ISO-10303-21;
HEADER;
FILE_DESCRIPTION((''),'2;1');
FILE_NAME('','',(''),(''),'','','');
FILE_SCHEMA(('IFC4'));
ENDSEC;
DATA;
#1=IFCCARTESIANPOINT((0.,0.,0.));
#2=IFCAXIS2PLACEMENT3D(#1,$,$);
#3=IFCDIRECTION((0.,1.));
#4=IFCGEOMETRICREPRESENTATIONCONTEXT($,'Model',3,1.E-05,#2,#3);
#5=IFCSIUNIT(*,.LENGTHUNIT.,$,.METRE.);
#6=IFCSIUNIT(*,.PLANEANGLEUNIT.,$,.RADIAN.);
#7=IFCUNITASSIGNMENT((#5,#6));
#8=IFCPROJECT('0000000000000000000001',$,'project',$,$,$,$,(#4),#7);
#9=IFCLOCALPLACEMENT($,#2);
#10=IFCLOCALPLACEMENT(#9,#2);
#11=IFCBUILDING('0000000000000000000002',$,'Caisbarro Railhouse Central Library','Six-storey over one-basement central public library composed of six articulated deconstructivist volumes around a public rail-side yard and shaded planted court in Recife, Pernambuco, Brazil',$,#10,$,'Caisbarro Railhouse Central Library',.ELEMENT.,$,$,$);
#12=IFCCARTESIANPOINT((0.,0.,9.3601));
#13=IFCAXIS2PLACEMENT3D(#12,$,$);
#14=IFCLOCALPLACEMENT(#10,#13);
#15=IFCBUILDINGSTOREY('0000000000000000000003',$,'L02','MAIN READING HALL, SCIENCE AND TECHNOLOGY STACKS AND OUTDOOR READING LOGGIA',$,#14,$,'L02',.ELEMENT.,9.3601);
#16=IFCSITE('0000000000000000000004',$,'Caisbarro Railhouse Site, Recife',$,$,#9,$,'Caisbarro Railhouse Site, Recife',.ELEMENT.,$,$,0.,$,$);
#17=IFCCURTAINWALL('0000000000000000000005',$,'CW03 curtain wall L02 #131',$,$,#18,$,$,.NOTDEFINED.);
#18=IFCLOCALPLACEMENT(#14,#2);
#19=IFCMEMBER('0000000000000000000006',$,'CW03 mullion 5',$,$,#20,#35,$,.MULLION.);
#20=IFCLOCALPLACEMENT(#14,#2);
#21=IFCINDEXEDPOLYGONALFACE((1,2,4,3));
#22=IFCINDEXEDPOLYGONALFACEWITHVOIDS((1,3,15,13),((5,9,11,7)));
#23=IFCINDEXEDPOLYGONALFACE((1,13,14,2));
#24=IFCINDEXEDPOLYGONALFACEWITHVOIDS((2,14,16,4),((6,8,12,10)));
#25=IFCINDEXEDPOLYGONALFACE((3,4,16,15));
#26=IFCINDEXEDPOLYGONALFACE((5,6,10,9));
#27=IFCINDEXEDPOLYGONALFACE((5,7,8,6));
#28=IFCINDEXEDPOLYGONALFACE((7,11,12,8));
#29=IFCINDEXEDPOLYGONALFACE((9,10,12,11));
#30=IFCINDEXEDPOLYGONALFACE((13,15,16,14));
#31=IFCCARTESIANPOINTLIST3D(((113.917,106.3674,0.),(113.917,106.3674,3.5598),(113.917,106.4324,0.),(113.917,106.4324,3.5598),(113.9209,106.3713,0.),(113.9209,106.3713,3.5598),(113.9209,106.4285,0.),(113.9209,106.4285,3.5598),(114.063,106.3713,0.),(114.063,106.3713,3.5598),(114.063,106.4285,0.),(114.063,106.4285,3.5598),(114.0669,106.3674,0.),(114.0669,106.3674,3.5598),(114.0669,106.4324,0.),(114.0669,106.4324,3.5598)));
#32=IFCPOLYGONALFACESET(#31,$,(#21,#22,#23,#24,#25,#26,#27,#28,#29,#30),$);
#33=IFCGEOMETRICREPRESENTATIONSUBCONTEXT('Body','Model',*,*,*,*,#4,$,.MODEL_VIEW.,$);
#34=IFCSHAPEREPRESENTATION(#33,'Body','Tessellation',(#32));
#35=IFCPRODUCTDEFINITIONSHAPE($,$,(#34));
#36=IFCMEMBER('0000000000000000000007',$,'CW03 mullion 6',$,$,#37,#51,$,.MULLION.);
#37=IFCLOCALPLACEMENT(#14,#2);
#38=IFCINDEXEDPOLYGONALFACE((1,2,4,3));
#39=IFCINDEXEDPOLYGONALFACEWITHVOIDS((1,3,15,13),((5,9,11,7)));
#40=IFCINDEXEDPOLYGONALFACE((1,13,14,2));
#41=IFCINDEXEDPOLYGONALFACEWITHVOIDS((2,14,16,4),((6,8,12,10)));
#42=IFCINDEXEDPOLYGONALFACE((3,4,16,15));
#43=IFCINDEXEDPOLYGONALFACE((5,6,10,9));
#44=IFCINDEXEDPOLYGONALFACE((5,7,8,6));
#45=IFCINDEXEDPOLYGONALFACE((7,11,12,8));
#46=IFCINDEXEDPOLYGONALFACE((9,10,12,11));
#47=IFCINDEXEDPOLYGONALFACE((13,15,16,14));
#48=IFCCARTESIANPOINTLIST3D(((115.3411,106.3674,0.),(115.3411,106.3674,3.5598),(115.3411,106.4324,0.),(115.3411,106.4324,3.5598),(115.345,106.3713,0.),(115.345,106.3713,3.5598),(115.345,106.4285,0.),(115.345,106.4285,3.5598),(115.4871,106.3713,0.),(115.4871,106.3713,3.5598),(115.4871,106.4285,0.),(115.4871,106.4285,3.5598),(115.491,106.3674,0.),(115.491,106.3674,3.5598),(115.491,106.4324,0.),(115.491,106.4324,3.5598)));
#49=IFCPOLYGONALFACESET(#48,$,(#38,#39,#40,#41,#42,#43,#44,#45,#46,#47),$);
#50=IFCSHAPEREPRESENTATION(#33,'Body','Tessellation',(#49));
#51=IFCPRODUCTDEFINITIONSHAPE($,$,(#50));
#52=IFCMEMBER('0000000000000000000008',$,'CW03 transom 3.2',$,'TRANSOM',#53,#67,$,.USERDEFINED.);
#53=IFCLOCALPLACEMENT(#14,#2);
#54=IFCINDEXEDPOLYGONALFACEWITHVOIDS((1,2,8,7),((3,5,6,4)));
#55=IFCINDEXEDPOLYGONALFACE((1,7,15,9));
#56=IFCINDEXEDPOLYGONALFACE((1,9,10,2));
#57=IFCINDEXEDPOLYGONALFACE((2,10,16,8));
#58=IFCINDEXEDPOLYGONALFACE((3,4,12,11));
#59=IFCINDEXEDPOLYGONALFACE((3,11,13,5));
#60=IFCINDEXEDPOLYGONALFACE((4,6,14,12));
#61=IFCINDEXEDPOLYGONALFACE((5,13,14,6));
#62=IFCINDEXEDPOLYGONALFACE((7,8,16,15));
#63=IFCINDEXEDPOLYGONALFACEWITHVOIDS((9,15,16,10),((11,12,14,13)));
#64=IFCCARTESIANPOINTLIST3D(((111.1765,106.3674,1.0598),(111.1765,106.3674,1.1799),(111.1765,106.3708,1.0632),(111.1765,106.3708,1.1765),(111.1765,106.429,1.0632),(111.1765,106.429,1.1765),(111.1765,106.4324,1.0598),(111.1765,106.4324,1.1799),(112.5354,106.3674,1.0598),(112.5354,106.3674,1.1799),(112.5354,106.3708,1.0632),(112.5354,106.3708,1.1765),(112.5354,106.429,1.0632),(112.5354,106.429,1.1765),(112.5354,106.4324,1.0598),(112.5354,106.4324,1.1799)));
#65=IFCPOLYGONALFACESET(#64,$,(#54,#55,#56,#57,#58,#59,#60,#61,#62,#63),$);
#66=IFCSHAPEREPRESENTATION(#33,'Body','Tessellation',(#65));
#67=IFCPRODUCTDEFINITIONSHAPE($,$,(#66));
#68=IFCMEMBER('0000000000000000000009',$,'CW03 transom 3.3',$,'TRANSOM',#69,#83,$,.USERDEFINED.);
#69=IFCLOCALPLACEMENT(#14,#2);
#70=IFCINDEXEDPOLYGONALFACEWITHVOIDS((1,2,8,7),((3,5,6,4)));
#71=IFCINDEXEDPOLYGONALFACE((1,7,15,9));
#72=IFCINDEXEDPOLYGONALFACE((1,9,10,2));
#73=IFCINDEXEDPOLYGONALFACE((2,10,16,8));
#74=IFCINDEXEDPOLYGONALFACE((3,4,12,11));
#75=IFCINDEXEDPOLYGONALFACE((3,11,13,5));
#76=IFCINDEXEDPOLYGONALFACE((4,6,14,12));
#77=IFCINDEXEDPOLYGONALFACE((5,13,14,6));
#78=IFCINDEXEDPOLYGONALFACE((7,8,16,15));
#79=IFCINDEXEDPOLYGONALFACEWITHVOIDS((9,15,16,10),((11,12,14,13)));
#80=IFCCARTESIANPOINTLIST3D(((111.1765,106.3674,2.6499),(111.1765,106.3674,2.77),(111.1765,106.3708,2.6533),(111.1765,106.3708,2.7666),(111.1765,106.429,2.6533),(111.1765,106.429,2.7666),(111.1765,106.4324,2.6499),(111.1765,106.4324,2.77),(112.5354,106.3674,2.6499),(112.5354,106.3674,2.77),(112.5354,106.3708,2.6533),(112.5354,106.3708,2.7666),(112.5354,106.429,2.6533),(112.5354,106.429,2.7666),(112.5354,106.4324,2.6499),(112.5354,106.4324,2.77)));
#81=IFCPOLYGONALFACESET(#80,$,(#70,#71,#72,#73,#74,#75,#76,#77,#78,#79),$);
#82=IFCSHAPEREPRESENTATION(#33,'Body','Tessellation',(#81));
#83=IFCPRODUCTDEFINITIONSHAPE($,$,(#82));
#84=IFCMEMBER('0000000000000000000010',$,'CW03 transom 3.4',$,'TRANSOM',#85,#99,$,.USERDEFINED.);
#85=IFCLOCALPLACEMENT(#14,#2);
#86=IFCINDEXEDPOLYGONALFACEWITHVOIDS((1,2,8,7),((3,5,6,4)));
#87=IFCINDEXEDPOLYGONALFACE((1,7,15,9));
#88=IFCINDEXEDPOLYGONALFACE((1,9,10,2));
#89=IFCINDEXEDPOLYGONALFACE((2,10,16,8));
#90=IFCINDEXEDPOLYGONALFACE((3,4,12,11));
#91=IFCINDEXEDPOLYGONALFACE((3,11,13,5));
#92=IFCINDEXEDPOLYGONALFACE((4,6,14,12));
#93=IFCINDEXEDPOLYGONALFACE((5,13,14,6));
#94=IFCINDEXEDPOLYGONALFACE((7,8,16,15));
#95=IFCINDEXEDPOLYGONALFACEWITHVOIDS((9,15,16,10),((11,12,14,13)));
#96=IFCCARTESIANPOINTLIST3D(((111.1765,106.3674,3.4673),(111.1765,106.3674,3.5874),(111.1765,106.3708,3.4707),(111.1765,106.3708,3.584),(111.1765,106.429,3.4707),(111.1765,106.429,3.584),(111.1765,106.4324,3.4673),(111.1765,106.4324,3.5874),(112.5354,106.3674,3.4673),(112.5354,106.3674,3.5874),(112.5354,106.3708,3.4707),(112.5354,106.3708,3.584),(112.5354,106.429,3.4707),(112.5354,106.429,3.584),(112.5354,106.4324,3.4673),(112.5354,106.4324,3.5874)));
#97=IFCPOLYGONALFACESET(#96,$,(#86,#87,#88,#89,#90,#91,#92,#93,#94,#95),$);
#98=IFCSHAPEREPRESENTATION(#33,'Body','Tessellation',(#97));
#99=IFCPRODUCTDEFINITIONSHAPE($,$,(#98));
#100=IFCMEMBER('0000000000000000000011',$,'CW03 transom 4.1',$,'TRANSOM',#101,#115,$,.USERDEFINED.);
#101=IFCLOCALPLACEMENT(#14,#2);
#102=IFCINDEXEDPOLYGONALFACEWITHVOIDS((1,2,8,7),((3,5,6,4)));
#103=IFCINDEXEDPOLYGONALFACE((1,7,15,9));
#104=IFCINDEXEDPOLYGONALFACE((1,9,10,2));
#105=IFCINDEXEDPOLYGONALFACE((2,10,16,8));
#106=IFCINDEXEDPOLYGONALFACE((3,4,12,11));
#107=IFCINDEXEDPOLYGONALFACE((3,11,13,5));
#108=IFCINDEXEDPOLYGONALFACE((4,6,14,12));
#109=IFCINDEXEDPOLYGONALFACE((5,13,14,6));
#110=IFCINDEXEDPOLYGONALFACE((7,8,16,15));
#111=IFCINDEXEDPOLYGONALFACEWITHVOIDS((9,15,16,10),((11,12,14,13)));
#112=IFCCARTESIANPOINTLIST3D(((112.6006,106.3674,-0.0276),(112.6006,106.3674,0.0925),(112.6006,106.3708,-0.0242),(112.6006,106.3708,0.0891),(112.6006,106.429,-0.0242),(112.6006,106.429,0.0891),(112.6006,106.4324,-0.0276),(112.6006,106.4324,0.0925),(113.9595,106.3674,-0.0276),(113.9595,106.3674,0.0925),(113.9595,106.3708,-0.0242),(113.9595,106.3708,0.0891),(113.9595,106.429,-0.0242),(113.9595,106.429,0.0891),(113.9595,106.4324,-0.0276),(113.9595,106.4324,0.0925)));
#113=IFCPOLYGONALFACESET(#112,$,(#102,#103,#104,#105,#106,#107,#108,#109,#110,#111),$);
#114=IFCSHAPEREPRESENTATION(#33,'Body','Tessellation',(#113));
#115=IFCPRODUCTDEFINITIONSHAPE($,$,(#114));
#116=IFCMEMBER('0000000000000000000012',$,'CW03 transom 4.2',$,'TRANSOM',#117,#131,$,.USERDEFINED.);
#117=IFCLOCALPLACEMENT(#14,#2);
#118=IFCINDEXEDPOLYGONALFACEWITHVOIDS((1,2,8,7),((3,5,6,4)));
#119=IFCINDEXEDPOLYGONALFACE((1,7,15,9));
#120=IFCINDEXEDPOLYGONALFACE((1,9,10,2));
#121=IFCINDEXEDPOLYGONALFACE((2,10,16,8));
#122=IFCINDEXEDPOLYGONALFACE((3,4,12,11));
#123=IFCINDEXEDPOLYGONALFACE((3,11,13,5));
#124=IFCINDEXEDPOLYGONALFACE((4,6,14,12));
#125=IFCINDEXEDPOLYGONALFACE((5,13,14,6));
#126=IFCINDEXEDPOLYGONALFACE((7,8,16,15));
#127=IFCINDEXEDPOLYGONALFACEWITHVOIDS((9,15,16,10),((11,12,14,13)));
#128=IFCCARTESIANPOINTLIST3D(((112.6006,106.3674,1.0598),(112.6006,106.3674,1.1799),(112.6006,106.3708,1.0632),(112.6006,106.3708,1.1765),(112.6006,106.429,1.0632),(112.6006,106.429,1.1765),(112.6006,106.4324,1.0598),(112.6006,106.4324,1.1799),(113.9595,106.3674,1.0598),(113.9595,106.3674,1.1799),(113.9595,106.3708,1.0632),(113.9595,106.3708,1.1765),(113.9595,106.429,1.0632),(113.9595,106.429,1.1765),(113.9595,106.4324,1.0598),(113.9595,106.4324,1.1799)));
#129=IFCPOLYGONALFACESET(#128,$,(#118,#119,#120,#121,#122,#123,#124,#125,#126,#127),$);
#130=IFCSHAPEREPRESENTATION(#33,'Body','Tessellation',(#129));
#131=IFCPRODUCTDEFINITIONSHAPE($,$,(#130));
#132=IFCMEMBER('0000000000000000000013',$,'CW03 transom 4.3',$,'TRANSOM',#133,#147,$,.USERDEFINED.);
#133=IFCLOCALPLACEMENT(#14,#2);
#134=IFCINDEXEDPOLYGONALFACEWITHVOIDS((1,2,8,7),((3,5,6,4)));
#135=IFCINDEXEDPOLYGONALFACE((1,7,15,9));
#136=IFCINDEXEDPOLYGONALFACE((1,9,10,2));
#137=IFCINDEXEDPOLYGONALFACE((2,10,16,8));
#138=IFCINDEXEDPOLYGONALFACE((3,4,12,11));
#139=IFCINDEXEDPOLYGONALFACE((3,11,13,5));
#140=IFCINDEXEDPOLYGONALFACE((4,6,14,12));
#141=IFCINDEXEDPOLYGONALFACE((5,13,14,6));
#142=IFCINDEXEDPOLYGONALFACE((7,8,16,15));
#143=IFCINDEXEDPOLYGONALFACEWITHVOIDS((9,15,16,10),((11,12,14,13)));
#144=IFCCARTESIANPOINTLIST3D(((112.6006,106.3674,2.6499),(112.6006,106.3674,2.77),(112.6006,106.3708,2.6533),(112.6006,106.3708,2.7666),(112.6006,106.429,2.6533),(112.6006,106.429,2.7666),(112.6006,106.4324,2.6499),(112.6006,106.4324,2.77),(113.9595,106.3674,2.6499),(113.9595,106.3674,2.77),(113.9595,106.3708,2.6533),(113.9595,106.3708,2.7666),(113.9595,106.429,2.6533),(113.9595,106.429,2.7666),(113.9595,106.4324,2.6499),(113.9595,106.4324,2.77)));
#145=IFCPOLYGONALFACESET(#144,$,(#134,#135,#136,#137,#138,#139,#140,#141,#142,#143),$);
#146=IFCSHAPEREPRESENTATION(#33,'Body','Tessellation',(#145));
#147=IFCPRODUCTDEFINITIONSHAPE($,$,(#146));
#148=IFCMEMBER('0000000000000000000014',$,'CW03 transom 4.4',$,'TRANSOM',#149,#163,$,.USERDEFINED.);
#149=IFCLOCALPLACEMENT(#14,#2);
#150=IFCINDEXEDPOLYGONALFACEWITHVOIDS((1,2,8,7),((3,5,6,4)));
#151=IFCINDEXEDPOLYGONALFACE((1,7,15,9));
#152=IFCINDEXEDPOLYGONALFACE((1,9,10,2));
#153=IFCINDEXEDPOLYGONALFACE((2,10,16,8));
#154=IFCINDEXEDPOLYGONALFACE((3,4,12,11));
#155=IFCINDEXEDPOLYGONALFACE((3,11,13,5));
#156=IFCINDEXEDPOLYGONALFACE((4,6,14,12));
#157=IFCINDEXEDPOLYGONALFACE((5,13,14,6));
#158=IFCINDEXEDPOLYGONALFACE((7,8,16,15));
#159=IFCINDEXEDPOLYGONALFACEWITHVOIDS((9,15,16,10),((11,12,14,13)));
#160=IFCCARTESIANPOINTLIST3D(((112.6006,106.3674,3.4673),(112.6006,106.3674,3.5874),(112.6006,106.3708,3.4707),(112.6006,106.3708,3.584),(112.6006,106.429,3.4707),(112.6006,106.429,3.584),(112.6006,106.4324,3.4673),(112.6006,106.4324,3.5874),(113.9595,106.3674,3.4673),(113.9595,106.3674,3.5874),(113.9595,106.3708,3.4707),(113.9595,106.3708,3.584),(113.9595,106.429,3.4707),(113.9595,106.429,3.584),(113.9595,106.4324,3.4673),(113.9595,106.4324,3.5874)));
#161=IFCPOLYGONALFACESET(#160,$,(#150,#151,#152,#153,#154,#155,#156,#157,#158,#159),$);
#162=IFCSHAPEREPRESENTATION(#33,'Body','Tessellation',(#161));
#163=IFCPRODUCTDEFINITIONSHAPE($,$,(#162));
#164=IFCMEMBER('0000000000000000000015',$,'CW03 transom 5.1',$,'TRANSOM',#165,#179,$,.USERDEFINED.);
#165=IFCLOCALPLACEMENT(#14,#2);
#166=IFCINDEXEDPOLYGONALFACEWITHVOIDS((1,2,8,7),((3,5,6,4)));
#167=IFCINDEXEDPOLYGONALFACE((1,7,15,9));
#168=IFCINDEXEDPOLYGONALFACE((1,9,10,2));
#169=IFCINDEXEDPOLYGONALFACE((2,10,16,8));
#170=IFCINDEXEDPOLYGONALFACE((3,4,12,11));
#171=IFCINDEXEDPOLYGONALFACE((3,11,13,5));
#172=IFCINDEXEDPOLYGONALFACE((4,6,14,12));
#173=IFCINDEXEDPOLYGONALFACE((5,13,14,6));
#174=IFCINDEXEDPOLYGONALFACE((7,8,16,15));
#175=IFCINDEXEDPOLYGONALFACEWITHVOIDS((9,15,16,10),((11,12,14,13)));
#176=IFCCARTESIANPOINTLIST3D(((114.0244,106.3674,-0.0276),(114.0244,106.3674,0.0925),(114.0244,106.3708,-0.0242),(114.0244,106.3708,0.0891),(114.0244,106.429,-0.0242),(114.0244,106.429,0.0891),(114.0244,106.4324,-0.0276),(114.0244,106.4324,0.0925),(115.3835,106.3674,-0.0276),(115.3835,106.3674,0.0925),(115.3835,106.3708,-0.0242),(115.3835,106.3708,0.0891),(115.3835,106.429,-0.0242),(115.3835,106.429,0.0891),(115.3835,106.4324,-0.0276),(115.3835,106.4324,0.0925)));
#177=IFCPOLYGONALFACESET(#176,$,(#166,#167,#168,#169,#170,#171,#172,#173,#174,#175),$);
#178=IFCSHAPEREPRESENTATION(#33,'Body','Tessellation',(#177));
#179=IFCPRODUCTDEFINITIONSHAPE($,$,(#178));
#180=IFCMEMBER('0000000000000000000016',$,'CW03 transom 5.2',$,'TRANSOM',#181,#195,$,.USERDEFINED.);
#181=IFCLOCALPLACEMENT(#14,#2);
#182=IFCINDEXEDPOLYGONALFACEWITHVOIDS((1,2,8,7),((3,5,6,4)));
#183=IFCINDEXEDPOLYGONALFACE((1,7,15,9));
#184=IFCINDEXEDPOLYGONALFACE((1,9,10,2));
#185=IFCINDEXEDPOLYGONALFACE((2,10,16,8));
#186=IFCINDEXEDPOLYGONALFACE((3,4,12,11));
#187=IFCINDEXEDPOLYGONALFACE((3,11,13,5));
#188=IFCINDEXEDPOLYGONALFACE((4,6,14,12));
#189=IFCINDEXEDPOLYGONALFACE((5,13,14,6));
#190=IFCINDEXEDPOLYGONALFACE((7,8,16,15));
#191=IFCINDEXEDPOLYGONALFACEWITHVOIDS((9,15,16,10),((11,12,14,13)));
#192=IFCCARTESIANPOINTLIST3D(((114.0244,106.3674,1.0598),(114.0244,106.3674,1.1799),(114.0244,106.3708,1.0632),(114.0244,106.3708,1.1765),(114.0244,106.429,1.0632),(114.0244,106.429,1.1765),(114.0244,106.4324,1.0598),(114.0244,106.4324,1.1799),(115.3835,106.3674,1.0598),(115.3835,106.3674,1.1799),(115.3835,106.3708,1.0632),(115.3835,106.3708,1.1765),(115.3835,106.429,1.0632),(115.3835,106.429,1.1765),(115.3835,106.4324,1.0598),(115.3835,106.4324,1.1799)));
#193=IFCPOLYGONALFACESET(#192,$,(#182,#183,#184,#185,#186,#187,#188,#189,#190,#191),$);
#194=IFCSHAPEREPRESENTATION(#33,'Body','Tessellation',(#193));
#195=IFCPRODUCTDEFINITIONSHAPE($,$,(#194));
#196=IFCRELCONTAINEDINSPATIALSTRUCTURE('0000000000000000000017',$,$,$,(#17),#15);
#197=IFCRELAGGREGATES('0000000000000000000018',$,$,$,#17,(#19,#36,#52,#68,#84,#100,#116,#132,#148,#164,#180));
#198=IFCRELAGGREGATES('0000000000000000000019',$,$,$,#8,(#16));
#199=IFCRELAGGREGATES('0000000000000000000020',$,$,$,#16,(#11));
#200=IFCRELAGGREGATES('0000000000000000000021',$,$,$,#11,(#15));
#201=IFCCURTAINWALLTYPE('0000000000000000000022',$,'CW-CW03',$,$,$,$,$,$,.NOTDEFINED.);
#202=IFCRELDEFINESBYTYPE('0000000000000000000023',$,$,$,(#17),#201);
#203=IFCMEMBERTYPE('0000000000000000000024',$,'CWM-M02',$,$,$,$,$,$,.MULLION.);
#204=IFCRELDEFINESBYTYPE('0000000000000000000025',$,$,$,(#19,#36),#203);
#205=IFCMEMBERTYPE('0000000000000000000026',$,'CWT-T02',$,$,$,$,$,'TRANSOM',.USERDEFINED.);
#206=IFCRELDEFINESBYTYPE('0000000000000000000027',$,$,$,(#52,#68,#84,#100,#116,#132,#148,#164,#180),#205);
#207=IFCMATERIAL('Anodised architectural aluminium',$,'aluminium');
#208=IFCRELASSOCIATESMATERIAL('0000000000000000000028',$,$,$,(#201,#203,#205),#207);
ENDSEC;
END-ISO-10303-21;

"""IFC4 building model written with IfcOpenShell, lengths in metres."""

from ifc_helpers import new_model, si_unit, direction, frame, origin, origin_2d, place, context, subcontext, project, spatial, hollow_rectangle, extrude, material, material_profile, profile_set, type_object, element, aggregate, save


model = new_model("IFC4")

# Units and contexts
model_context = context("Model", 3, precision=1e-05, world=origin(), true_north=direction((0.0, 1.0)))
body_context = subcontext(model_context, "Body", "Model", "MODEL_VIEW")
ifc_project = project(units=[si_unit("LENGTHUNIT", "METRE"), si_unit("PLANEANGLEUNIT", "RADIAN")], contexts=[model_context])

# Site, building, storey
site_placement = place(None, origin())
site = spatial("IfcSite", under=ifc_project, at=site_placement, Name="Caisbarro Railhouse Site, Recife", LongName="Caisbarro Railhouse Site, Recife", CompositionType="ELEMENT", RefElevation=0.0)
building_placement = place(site_placement, origin())
building = spatial("IfcBuilding", under=site, at=building_placement, Name="Caisbarro Railhouse Central Library", Description="Six-storey over one-basement central public library composed of six articulated deconstructivist volumes around a public rail-side yard and shaded planted court in Recife, Pernambuco, Brazil", LongName="Caisbarro Railhouse Central Library", CompositionType="ELEMENT")
storey_placement = place(building_placement, frame((0.0, 0.0, 9.3601)))
storey = spatial("IfcBuildingStorey", under=building, at=storey_placement, Name="L02", Description="MAIN READING HALL, SCIENCE AND TECHNOLOGY STACKS AND OUTDOOR READING LOGGIA", LongName="L02", CompositionType="ELEMENT", Elevation=9.3601)

# Curtain wall, members
ifc_material_1 = material(Name="Anodised architectural aluminium", Category="aluminium")
curtain_wall_type = type_object("IfcCurtainWallType", Name="CW-CW03", PredefinedType="NOTDEFINED", material=ifc_material_1)
curtain_wall_placement = place(storey_placement, origin())
curtain_wall = element("IfcCurtainWall", 1, at=curtain_wall_placement, inside=storey, type_object=curtain_wall_type, Name="CW03 curtain wall L02 #131", PredefinedType="NOTDEFINED")
ifc_material_profile_1 = material_profile(ifc_material_1, hollow_rectangle(XDim=0.0649, YDim=0.1499, WallThickness=0.0039, at=origin_2d()), Name="ALU-MUL-65X150")
ifc_profile_set_1 = profile_set([ifc_material_profile_1], Name="Anodised architectural aluminium")
member_type_1 = type_object("IfcMemberType", Name="CWM-M02", PredefinedType="MULLION", material=ifc_profile_set_1)
member_1_placement = place(storey_placement, frame((113.9919, 106.3999, 0.0), z_axis=(0.0, 0.0, 1.0), x_axis=(0.0, 1.0, 0.0)))
member_1 = element("IfcMember", 2, at=member_1_placement, type_object=member_type_1, Name="CW03 mullion 5", PredefinedType="MULLION", context=body_context, shape_type="SweptSolid", body=[
    extrude(hollow_rectangle(XDim=0.0649, YDim=0.1499, WallThickness=0.0039, at=origin_2d()), origin(), (0.0, 0.0, 1.0), 3.5598),
])
member_2_placement = place(storey_placement, frame((115.416, 106.3999, 0.0), z_axis=(0.0, 0.0, 1.0), x_axis=(0.0, 1.0, 0.0)))
member_2 = element("IfcMember", 3, at=member_2_placement, type_object=member_type_1, Name="CW03 mullion 6", PredefinedType="MULLION", context=body_context, shape_type="SweptSolid", body=[
    extrude(hollow_rectangle(XDim=0.0649, YDim=0.1499, WallThickness=0.0039, at=origin_2d()), origin(), (0.0, 0.0, 1.0), 3.5598),
])
ifc_material_profile_2 = material_profile(ifc_material_1, hollow_rectangle(XDim=0.0649, YDim=0.1201, WallThickness=0.0034, at=origin_2d()), Name="ALU-TRN-65X120")
ifc_profile_set_2 = profile_set([ifc_material_profile_2], Name="Anodised architectural aluminium")
member_type_2 = type_object("IfcMemberType", Name="CWT-T02", ElementType="TRANSOM", PredefinedType="USERDEFINED", material=ifc_profile_set_2)
member_3_placement = place(storey_placement, frame((111.1765, 106.3999, 1.1199), z_axis=(1.0, 0.0, 0.0), x_axis=(0.0, 1.0, 0.0)))
member_3 = element("IfcMember", 4, at=member_3_placement, type_object=member_type_2, Name="CW03 transom 3.2", ObjectType="TRANSOM", PredefinedType="USERDEFINED", context=body_context, shape_type="SweptSolid", body=[
    extrude(hollow_rectangle(XDim=0.0649, YDim=0.1201, WallThickness=0.0034, at=origin_2d()), origin(), (0.0, 0.0, 1.0), 1.3589),
])
member_4_placement = place(storey_placement, frame((111.1765, 106.3999, 2.71), z_axis=(1.0, 0.0, 0.0), x_axis=(0.0, 1.0, 0.0)))
member_4 = element("IfcMember", 5, at=member_4_placement, type_object=member_type_2, Name="CW03 transom 3.3", ObjectType="TRANSOM", PredefinedType="USERDEFINED", context=body_context, shape_type="SweptSolid", body=[
    extrude(hollow_rectangle(XDim=0.0649, YDim=0.1201, WallThickness=0.0034, at=origin_2d()), origin(), (0.0, 0.0, 1.0), 1.3589),
])
member_5_placement = place(storey_placement, frame((111.1765, 106.3999, 3.5273), z_axis=(1.0, 0.0, 0.0), x_axis=(0.0, 1.0, 0.0)))
member_5 = element("IfcMember", 6, at=member_5_placement, type_object=member_type_2, Name="CW03 transom 3.4", ObjectType="TRANSOM", PredefinedType="USERDEFINED", context=body_context, shape_type="SweptSolid", body=[
    extrude(hollow_rectangle(XDim=0.0649, YDim=0.1201, WallThickness=0.0034, at=origin_2d()), origin(), (0.0, 0.0, 1.0), 1.3589),
])
member_6_placement = place(storey_placement, frame((112.6006, 106.3999, 0.0325), z_axis=(1.0, 0.0, 0.0), x_axis=(0.0, 1.0, 0.0)))
member_6 = element("IfcMember", 7, at=member_6_placement, type_object=member_type_2, Name="CW03 transom 4.1", ObjectType="TRANSOM", PredefinedType="USERDEFINED", context=body_context, shape_type="SweptSolid", body=[
    extrude(hollow_rectangle(XDim=0.0649, YDim=0.1201, WallThickness=0.0034, at=origin_2d()), origin(), (0.0, 0.0, 1.0), 1.3589),
])
member_7_placement = place(storey_placement, frame((112.6006, 106.3999, 1.1199), z_axis=(1.0, 0.0, 0.0), x_axis=(0.0, 1.0, 0.0)))
member_7 = element("IfcMember", 8, at=member_7_placement, type_object=member_type_2, Name="CW03 transom 4.2", ObjectType="TRANSOM", PredefinedType="USERDEFINED", context=body_context, shape_type="SweptSolid", body=[
    extrude(hollow_rectangle(XDim=0.0649, YDim=0.1201, WallThickness=0.0034, at=origin_2d()), origin(), (0.0, 0.0, 1.0), 1.3589),
])
member_8_placement = place(storey_placement, frame((112.6006, 106.3999, 2.71), z_axis=(1.0, 0.0, 0.0), x_axis=(0.0, 1.0, 0.0)))
member_8 = element("IfcMember", 9, at=member_8_placement, type_object=member_type_2, Name="CW03 transom 4.3", ObjectType="TRANSOM", PredefinedType="USERDEFINED", context=body_context, shape_type="SweptSolid", body=[
    extrude(hollow_rectangle(XDim=0.0649, YDim=0.1201, WallThickness=0.0034, at=origin_2d()), origin(), (0.0, 0.0, 1.0), 1.3589),
])
member_9_placement = place(storey_placement, frame((112.6006, 106.3999, 3.5273), z_axis=(1.0, 0.0, 0.0), x_axis=(0.0, 1.0, 0.0)))
member_9 = element("IfcMember", 10, at=member_9_placement, type_object=member_type_2, Name="CW03 transom 4.4", ObjectType="TRANSOM", PredefinedType="USERDEFINED", context=body_context, shape_type="SweptSolid", body=[
    extrude(hollow_rectangle(XDim=0.0649, YDim=0.1201, WallThickness=0.0034, at=origin_2d()), origin(), (0.0, 0.0, 1.0), 1.3589),
])
member_10_placement = place(storey_placement, frame((114.0244, 106.3999, 0.0325), z_axis=(1.0, 0.0, 0.0), x_axis=(0.0, 1.0, 0.0)))
member_10 = element("IfcMember", 11, at=member_10_placement, type_object=member_type_2, Name="CW03 transom 5.1", ObjectType="TRANSOM", PredefinedType="USERDEFINED", context=body_context, shape_type="SweptSolid", body=[
    extrude(hollow_rectangle(XDim=0.0649, YDim=0.1201, WallThickness=0.0034, at=origin_2d()), origin(), (0.0, 0.0, 1.0), 1.3591),
])
member_11_placement = place(storey_placement, frame((114.0244, 106.3999, 1.1199), z_axis=(1.0, 0.0, 0.0), x_axis=(0.0, 1.0, 0.0)))
member_11 = element("IfcMember", 12, at=member_11_placement, type_object=member_type_2, Name="CW03 transom 5.2", ObjectType="TRANSOM", PredefinedType="USERDEFINED", context=body_context, shape_type="SweptSolid", body=[
    extrude(hollow_rectangle(XDim=0.0649, YDim=0.1201, WallThickness=0.0034, at=origin_2d()), origin(), (0.0, 0.0, 1.0), 1.3591),
])
aggregate(curtain_wall, [member_1, member_2, member_3, member_4, member_5, member_6, member_7, member_8, member_9, member_10, member_11])

save(model, "model.ifc")
